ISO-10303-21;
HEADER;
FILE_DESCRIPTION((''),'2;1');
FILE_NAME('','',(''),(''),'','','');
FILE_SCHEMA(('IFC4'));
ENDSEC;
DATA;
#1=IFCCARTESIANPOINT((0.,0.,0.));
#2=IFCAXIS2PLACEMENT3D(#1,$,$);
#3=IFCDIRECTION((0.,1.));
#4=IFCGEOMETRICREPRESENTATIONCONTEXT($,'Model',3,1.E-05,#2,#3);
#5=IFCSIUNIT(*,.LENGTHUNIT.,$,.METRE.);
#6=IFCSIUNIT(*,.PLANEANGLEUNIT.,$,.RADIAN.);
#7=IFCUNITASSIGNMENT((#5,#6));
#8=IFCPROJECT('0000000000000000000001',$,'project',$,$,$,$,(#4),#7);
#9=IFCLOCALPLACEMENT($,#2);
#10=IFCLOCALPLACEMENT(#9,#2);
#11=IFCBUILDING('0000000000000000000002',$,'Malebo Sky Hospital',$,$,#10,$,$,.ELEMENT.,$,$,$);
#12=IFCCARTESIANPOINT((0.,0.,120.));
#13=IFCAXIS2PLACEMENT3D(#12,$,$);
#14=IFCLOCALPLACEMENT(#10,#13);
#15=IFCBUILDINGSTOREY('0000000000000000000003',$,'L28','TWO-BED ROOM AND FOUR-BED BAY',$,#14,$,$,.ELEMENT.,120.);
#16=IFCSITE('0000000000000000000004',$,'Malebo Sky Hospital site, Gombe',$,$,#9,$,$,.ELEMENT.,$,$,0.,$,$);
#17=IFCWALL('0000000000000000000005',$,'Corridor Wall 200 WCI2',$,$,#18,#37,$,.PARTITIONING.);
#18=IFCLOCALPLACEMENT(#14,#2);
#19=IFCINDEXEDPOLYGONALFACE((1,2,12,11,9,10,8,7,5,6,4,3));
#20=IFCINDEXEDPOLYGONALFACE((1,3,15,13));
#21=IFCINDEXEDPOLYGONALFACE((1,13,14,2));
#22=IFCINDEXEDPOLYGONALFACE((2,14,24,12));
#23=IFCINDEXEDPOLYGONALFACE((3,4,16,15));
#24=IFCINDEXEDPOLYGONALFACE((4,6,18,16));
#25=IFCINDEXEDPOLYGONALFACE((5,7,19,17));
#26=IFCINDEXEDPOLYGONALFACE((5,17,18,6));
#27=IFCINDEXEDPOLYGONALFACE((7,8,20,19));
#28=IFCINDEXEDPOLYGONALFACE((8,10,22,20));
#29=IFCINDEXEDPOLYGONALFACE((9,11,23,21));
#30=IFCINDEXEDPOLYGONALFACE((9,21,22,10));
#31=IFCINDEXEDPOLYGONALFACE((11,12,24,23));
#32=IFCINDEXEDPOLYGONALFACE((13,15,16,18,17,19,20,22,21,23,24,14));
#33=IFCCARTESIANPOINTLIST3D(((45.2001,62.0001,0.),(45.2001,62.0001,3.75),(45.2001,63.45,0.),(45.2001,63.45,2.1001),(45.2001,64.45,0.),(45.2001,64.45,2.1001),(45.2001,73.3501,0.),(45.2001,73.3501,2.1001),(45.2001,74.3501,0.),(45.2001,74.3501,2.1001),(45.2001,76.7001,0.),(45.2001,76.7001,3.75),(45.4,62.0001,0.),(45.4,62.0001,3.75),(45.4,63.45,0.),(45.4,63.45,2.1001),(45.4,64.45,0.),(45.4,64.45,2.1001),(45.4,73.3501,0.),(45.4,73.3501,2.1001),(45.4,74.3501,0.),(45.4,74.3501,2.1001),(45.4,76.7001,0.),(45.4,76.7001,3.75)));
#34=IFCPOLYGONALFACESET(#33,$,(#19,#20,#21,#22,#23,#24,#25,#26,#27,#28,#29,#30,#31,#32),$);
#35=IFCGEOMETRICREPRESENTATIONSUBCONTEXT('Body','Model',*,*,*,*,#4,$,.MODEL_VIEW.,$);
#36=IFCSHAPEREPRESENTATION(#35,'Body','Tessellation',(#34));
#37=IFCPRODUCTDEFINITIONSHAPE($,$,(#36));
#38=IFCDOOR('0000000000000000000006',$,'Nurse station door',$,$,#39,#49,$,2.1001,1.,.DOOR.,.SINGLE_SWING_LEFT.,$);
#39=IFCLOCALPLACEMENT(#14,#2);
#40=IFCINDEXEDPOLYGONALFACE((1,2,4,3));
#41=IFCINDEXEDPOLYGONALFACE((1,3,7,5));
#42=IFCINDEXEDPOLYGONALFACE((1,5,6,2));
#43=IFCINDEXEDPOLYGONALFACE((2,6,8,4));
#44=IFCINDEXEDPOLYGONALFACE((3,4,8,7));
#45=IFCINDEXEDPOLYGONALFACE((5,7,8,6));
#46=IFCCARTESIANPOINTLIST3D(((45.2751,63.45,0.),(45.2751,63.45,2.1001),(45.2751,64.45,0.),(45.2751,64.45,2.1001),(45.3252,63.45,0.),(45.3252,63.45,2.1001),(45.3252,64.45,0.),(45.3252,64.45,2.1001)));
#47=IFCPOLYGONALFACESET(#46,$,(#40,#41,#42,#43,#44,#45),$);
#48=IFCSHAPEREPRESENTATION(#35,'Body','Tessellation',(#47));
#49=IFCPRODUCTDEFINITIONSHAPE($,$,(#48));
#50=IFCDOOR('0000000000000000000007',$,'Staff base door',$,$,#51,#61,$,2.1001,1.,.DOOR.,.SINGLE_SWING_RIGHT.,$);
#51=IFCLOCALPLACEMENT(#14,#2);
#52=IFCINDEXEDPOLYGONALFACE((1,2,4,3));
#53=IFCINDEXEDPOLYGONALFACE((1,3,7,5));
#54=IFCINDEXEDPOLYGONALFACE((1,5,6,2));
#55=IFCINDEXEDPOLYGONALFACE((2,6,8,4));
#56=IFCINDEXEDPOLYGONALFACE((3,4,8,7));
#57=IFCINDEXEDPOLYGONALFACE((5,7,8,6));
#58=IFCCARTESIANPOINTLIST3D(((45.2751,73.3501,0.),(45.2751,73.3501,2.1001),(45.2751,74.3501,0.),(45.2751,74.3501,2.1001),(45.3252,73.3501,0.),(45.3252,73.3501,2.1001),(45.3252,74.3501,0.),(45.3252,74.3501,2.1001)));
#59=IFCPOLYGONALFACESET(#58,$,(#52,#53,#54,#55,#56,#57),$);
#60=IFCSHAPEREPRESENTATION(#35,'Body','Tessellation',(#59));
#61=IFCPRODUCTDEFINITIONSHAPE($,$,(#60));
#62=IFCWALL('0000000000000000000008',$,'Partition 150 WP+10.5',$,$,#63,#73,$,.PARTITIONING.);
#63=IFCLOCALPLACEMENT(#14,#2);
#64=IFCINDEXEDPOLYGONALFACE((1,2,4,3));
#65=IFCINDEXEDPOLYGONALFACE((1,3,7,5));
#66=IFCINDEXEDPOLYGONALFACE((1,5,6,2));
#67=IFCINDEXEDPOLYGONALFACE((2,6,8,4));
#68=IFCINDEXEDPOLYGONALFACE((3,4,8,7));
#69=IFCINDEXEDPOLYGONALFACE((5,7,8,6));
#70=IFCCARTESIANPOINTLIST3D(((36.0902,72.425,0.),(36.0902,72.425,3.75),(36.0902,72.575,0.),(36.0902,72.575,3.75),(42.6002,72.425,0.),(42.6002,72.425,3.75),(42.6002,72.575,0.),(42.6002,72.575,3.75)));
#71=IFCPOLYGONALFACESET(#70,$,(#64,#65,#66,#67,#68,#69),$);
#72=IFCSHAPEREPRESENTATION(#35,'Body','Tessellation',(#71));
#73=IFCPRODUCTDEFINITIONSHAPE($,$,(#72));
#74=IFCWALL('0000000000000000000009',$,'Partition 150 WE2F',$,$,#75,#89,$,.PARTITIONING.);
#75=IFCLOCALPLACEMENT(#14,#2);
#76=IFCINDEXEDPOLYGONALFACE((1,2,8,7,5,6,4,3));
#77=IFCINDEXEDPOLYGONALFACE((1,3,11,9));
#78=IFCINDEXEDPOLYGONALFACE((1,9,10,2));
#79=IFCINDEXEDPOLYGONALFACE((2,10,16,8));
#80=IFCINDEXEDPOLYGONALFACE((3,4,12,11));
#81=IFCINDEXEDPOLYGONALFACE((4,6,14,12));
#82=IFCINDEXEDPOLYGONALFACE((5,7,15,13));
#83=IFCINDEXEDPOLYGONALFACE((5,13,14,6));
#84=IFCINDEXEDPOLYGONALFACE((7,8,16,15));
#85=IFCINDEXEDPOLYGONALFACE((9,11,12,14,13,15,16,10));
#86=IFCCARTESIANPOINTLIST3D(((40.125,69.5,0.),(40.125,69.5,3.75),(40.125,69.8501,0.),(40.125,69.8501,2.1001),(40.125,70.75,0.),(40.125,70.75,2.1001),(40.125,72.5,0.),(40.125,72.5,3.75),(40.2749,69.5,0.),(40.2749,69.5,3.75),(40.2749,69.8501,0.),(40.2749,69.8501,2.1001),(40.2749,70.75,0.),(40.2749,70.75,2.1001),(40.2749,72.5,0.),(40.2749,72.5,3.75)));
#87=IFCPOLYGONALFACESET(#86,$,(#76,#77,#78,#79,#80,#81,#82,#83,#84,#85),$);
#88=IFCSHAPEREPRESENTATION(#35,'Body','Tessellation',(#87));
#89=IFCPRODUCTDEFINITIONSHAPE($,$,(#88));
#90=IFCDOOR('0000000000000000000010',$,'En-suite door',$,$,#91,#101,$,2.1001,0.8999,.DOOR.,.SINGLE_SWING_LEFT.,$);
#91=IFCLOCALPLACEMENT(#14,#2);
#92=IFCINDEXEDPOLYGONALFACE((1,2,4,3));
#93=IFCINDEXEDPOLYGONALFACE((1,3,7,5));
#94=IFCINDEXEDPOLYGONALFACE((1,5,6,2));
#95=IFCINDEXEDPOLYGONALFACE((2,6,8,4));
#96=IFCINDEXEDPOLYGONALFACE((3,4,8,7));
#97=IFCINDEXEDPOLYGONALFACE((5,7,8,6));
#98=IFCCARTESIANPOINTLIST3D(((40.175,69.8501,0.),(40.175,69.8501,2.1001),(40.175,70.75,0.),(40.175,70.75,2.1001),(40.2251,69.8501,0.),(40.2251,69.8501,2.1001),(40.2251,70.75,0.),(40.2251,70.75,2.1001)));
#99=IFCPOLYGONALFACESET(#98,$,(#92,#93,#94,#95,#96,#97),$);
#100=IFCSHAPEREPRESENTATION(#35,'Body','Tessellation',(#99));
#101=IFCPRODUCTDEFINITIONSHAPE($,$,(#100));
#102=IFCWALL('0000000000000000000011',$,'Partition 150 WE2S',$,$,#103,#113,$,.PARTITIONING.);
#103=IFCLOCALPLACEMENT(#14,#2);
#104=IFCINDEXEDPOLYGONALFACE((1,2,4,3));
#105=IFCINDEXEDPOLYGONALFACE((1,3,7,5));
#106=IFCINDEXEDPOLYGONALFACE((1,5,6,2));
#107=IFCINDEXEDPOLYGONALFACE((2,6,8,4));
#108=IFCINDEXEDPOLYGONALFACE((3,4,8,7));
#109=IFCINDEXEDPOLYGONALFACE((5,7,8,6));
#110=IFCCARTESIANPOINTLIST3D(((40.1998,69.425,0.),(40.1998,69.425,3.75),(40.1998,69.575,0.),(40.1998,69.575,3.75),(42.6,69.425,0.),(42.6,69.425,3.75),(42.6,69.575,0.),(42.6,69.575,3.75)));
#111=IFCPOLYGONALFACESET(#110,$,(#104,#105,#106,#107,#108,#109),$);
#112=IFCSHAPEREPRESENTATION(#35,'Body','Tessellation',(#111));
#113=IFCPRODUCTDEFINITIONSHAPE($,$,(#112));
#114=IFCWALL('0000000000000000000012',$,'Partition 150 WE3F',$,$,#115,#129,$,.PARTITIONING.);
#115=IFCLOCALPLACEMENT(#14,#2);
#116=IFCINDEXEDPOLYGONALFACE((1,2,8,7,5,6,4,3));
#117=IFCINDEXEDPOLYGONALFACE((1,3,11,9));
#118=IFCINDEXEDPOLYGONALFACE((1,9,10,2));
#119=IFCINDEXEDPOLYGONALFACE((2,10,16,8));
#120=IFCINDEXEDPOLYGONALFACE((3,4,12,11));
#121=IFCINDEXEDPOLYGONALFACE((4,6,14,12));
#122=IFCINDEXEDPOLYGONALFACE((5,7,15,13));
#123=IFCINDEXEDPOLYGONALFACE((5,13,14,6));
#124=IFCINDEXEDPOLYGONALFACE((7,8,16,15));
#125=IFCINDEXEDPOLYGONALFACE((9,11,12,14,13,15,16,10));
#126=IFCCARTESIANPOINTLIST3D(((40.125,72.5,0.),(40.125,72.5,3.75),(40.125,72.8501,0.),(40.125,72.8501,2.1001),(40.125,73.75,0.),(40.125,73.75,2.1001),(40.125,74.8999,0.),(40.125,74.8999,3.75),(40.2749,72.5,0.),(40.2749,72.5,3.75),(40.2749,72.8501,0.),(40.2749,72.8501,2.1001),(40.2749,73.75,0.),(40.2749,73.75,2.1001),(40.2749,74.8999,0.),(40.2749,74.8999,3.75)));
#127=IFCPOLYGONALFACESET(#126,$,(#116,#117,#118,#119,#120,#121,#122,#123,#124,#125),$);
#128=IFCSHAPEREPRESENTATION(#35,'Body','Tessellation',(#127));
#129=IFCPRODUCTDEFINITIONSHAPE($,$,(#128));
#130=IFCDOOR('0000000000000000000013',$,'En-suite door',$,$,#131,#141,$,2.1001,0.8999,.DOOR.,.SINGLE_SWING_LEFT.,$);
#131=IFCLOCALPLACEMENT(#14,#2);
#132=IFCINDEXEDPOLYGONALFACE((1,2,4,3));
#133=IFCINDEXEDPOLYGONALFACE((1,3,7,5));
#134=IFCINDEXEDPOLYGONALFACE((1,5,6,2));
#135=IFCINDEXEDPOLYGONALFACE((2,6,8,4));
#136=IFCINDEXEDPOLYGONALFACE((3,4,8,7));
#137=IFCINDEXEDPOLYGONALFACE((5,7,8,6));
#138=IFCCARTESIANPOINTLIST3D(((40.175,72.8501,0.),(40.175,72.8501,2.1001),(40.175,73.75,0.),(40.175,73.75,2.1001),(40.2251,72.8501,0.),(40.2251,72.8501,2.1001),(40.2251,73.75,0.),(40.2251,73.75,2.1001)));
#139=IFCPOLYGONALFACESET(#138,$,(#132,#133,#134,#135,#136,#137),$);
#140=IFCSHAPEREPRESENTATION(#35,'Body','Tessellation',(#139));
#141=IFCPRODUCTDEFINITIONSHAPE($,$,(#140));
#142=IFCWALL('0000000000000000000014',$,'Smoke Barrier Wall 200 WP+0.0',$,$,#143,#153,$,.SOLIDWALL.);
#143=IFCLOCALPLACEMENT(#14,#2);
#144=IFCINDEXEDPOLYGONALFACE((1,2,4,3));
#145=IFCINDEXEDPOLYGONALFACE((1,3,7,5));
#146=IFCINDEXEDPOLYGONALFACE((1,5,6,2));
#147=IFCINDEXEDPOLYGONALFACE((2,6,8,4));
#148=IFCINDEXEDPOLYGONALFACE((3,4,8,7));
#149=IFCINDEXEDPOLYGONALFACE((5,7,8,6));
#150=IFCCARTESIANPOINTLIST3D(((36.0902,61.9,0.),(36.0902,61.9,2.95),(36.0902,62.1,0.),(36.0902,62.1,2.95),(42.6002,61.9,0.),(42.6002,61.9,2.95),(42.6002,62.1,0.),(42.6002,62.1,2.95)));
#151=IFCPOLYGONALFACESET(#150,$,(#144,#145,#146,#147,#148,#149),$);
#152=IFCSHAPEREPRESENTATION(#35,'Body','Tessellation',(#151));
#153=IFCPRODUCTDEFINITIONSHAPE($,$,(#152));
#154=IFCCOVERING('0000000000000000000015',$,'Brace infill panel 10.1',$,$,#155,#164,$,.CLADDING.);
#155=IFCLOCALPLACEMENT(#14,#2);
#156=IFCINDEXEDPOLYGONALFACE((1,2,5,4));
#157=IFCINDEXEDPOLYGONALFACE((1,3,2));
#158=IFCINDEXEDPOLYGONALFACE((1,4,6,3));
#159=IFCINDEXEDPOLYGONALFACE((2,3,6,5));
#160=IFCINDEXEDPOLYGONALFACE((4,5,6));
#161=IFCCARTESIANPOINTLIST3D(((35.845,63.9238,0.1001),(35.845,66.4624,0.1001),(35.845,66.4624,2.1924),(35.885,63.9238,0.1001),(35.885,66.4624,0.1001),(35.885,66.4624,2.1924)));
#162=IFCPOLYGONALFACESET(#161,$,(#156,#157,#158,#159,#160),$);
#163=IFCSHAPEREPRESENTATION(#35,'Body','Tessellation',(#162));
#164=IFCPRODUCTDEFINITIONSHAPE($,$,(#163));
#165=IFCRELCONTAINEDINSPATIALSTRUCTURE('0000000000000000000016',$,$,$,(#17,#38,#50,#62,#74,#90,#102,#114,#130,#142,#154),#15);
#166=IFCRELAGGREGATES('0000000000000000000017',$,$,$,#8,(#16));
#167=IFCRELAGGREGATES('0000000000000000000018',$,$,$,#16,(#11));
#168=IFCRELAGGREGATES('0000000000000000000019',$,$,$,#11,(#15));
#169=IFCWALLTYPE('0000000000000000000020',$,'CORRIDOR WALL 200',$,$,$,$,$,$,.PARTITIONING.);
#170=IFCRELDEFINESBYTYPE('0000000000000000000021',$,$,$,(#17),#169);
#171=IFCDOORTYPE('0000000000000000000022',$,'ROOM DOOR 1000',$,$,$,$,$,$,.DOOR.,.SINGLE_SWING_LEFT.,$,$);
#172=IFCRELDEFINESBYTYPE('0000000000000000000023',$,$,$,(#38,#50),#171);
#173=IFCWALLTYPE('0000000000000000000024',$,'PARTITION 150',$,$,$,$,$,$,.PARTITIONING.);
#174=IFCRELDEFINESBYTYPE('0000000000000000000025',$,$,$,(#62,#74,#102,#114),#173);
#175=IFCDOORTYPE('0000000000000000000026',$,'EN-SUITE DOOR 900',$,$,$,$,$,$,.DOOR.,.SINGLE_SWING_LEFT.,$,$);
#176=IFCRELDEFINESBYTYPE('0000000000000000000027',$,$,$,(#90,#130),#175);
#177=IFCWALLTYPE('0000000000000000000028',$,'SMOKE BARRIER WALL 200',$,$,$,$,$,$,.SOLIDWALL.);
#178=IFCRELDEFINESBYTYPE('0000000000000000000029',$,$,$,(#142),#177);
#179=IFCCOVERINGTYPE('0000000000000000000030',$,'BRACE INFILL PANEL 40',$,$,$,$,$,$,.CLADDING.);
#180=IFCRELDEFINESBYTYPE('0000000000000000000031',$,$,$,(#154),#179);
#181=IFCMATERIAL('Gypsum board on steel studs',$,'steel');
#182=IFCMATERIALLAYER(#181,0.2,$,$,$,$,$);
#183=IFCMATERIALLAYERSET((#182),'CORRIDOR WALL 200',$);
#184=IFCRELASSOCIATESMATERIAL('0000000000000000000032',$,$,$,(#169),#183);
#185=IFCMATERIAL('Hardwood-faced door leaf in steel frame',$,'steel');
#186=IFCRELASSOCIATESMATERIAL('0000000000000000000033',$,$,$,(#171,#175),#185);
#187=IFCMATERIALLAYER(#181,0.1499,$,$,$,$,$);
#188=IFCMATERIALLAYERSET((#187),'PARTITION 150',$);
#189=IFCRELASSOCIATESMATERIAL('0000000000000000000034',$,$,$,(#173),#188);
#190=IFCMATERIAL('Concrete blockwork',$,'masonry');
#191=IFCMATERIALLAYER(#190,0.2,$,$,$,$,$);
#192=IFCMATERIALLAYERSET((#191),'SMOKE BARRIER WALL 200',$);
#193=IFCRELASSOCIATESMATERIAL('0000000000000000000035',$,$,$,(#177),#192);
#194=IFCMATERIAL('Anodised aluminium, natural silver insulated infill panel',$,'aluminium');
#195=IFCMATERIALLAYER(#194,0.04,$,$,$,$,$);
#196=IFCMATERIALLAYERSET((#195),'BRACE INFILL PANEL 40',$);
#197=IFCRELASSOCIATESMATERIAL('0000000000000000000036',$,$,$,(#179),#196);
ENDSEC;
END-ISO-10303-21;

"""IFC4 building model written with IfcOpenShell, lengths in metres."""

from ifc_helpers import new_model, si_unit, direction, frame, frame_2d, origin, place, context, subcontext, project, spatial, polyline, rectangle, outline, extrude, material, layer, layer_set, type_object, element, fill, save


model = new_model("IFC4")

# Units and contexts
model_context = context("Model", 3, precision=1e-05, world=origin(), true_north=direction((0.0, 1.0)))
body_context = subcontext(model_context, "Body", "Model", "MODEL_VIEW")
ifc_project = project(units=[si_unit("LENGTHUNIT", "METRE"), si_unit("PLANEANGLEUNIT", "RADIAN")], contexts=[model_context])

# Site, building, storey
site_placement = place(None, origin())
site = spatial("IfcSite", under=ifc_project, at=site_placement, Name="Malebo Sky Hospital site, Gombe", CompositionType="ELEMENT", RefElevation=0.0)
building_placement = place(site_placement, origin())
building = spatial("IfcBuilding", under=site, at=building_placement, Name="Malebo Sky Hospital", CompositionType="ELEMENT")
storey_placement = place(building_placement, frame((0.0, 0.0, 120.0)))
storey = spatial("IfcBuildingStorey", under=building, at=storey_placement, Name="L28", Description="TWO-BED ROOM AND FOUR-BED BAY", CompositionType="ELEMENT", Elevation=120.0)

# Wall, openings, doors
ifc_material_1 = material(Name="Gypsum board on steel studs", Category="steel")
ifc_layer_1 = layer(ifc_material_1, 0.2)
ifc_layer_set_1 = layer_set([ifc_layer_1], Name="CORRIDOR WALL 200")
wall_type_1 = type_object("IfcWallType", Name="CORRIDOR WALL 200", PredefinedType="PARTITIONING", material=ifc_layer_set_1)
wall_1_placement = place(storey_placement, frame((45.3, 62.0, 0.0), z_axis=(0.0, 0.0, 1.0), x_axis=(0.0, 1.0, 0.0)))
wall_1 = element("IfcWall", 1, at=wall_1_placement, inside=storey, type_object=wall_type_1, Name="Corridor Wall 200 WCI2", PredefinedType="PARTITIONING", context=body_context, shape_type="SweptSolid", body=[
    extrude(rectangle(XDim=14.7, YDim=0.2, at=frame_2d((7.3501, 0.0))), origin(), (0.0, 0.0, 1.0), 3.75),
])
opening_1_placement = place(wall_1_placement, frame((1.45, 0.0, 0.0)))
opening_1 = element("IfcOpeningElement", 2, at=opening_1_placement, cuts=wall_1, PredefinedType="OPENING", context=body_context, shape_type="SweptSolid", body=[
    extrude(rectangle(XDim=1.0, YDim=2.1001, at=frame_2d((0.5, 1.05))), frame((0.0, 0.1099, 0.0), z_axis=(0.0, -1.0, 0.0), x_axis=(1.0, 0.0, 0.0)), (0.0, 0.0, 1.0), 0.22),
])
opening_2_placement = place(wall_1_placement, frame((11.3501, 0.0, 0.0)))
opening_2 = element("IfcOpeningElement", 3, at=opening_2_placement, cuts=wall_1, PredefinedType="OPENING", context=body_context, shape_type="SweptSolid", body=[
    extrude(rectangle(XDim=1.0, YDim=2.1001, at=frame_2d((0.5, 1.05))), frame((0.0, 0.1099, 0.0), z_axis=(0.0, -1.0, 0.0), x_axis=(1.0, 0.0, 0.0)), (0.0, 0.0, 1.0), 0.22),
])
ifc_material_2 = material(Name="Hardwood-faced door leaf in steel frame", Category="steel")
door_type_1 = type_object("IfcDoorType", Name="ROOM DOOR 1000", OperationType="SINGLE_SWING_LEFT", PredefinedType="DOOR", material=ifc_material_2)
door_1_placement = place(opening_1_placement, origin())
door_1 = element("IfcDoor", 4, at=door_1_placement, inside=storey, type_object=door_type_1, Name="Nurse station door", OperationType="SINGLE_SWING_LEFT", OverallHeight=2.1001, OverallWidth=1.0, PredefinedType="DOOR", context=body_context, shape_type="SweptSolid", body=[
    extrude(rectangle(XDim=1.0, YDim=2.1001, at=frame_2d((0.5, 1.05))), frame((0.0, 0.0249, 0.0), z_axis=(0.0, -1.0, 0.0), x_axis=(1.0, 0.0, 0.0)), (0.0, 0.0, 1.0), 0.05),
])
fill(opening_1, door_1)
door_2_placement = place(opening_2_placement, origin())
door_2 = element("IfcDoor", 5, at=door_2_placement, inside=storey, type_object=door_type_1, Name="Staff base door", OperationType="SINGLE_SWING_RIGHT", OverallHeight=2.1001, OverallWidth=1.0, PredefinedType="DOOR", context=body_context, shape_type="SweptSolid", body=[
    extrude(rectangle(XDim=1.0, YDim=2.1001, at=frame_2d((0.5, 1.05))), frame((0.0, 0.0249, 0.0), z_axis=(0.0, -1.0, 0.0), x_axis=(1.0, 0.0, 0.0)), (0.0, 0.0, 1.0), 0.05),
])
fill(opening_2, door_2)

# Wall
ifc_layer_2 = layer(ifc_material_1, 0.1499)
ifc_layer_set_2 = layer_set([ifc_layer_2], Name="PARTITION 150")
wall_type_2 = type_object("IfcWallType", Name="PARTITION 150", PredefinedType="PARTITIONING", material=ifc_layer_set_2)
wall_2_placement = place(storey_placement, frame((42.6001, 72.5, 0.0), z_axis=(0.0, 0.0, 1.0), x_axis=(-1.0, 0.0, 0.0)))
element("IfcWall", 6, at=wall_2_placement, inside=storey, type_object=wall_type_2, Name="Partition 150 WP+10.5", PredefinedType="PARTITIONING", context=body_context, shape_type="SweptSolid", body=[
    extrude(rectangle(XDim=6.51, YDim=0.1499, at=frame_2d((3.2549, 0.0))), origin(), (0.0, 0.0, 1.0), 3.75),
])

# Wall, opening, door
wall_3_placement = place(storey_placement, frame((40.2, 69.5, 0.0), z_axis=(0.0, 0.0, 1.0), x_axis=(0.0, 1.0, 0.0)))
wall_3 = element("IfcWall", 7, at=wall_3_placement, inside=storey, type_object=wall_type_2, Name="Partition 150 WE2F", PredefinedType="PARTITIONING", context=body_context, shape_type="SweptSolid", body=[
    extrude(rectangle(XDim=3.0, YDim=0.1499, at=frame_2d((1.5, 0.0))), origin(), (0.0, 0.0, 1.0), 3.75),
])
opening_3_placement = place(wall_3_placement, frame((0.3501, 0.0, 0.0)))
opening_3 = element("IfcOpeningElement", 8, at=opening_3_placement, cuts=wall_3, PredefinedType="OPENING", context=body_context, shape_type="SweptSolid", body=[
    extrude(rectangle(XDim=0.8999, YDim=2.1001, at=frame_2d((0.45, 1.05))), frame((0.0, 0.085, 0.0), z_axis=(0.0, -1.0, 0.0), x_axis=(1.0, 0.0, 0.0)), (0.0, 0.0, 1.0), 0.1699),
])
door_type_2 = type_object("IfcDoorType", Name="EN-SUITE DOOR 900", OperationType="SINGLE_SWING_LEFT", PredefinedType="DOOR", material=ifc_material_2)
door_3_placement = place(opening_3_placement, origin())
door_3 = element("IfcDoor", 9, at=door_3_placement, inside=storey, type_object=door_type_2, Name="En-suite door", OperationType="SINGLE_SWING_LEFT", OverallHeight=2.1001, OverallWidth=0.8999, PredefinedType="DOOR", context=body_context, shape_type="SweptSolid", body=[
    extrude(rectangle(XDim=0.8999, YDim=2.1001, at=frame_2d((0.45, 1.05))), frame((0.0, 0.0249, 0.0), z_axis=(0.0, -1.0, 0.0), x_axis=(1.0, 0.0, 0.0)), (0.0, 0.0, 1.0), 0.05),
])
fill(opening_3, door_3)

# Wall
wall_4_placement = place(storey_placement, frame((42.6001, 69.5, 0.0), z_axis=(0.0, 0.0, 1.0), x_axis=(-1.0, 0.0, 0.0)))
element("IfcWall", 10, at=wall_4_placement, inside=storey, type_object=wall_type_2, Name="Partition 150 WE2S", PredefinedType="PARTITIONING", context=body_context, shape_type="SweptSolid", body=[
    extrude(rectangle(XDim=2.4001, YDim=0.1499, at=frame_2d((1.2002, 0.0))), origin(), (0.0, 0.0, 1.0), 3.75),
])

# Wall, opening, door
wall_5_placement = place(storey_placement, frame((40.2, 72.5, 0.0), z_axis=(0.0, 0.0, 1.0), x_axis=(0.0, 1.0, 0.0)))
wall_5 = element("IfcWall", 11, at=wall_5_placement, inside=storey, type_object=wall_type_2, Name="Partition 150 WE3F", PredefinedType="PARTITIONING", context=body_context, shape_type="SweptSolid", body=[
    extrude(rectangle(XDim=2.3999, YDim=0.1499, at=frame_2d((1.2, 0.0))), origin(), (0.0, 0.0, 1.0), 3.75),
])
opening_4_placement = place(wall_5_placement, frame((0.3501, 0.0, 0.0)))
opening_4 = element("IfcOpeningElement", 12, at=opening_4_placement, cuts=wall_5, PredefinedType="OPENING", context=body_context, shape_type="SweptSolid", body=[
    extrude(rectangle(XDim=0.8999, YDim=2.1001, at=frame_2d((0.45, 1.05))), frame((0.0, 0.085, 0.0), z_axis=(0.0, -1.0, 0.0), x_axis=(1.0, 0.0, 0.0)), (0.0, 0.0, 1.0), 0.1699),
])
door_4_placement = place(opening_4_placement, origin())
door_4 = element("IfcDoor", 13, at=door_4_placement, inside=storey, type_object=door_type_2, Name="En-suite door", OperationType="SINGLE_SWING_LEFT", OverallHeight=2.1001, OverallWidth=0.8999, PredefinedType="DOOR", context=body_context, shape_type="SweptSolid", body=[
    extrude(rectangle(XDim=0.8999, YDim=2.1001, at=frame_2d((0.45, 1.05))), frame((0.0, 0.0249, 0.0), z_axis=(0.0, -1.0, 0.0), x_axis=(1.0, 0.0, 0.0)), (0.0, 0.0, 1.0), 0.05),
])
fill(opening_4, door_4)

# Wall
ifc_material_3 = material(Name="Concrete blockwork", Category="masonry")
ifc_layer_3 = layer(ifc_material_3, 0.2)
ifc_layer_set_3 = layer_set([ifc_layer_3], Name="SMOKE BARRIER WALL 200")
wall_type_3 = type_object("IfcWallType", Name="SMOKE BARRIER WALL 200", PredefinedType="SOLIDWALL", material=ifc_layer_set_3)
wall_6_placement = place(storey_placement, frame((42.6001, 62.0, 0.0), z_axis=(0.0, 0.0, 1.0), x_axis=(-1.0, 0.0, 0.0)))
element("IfcWall", 14, at=wall_6_placement, inside=storey, type_object=wall_type_3, Name="Smoke Barrier Wall 200 WP+0.0", PredefinedType="SOLIDWALL", context=body_context, shape_type="SweptSolid", body=[
    extrude(rectangle(XDim=6.51, YDim=0.2, at=frame_2d((3.2549, 0.0))), origin(), (0.0, 0.0, 1.0), 2.95),
])

# Covering
ifc_material_4 = material(Name="Anodised aluminium, natural silver insulated infill panel", Category="aluminium")
ifc_layer_4 = layer(ifc_material_4, 0.04)
ifc_layer_set_4 = layer_set([ifc_layer_4], Name="BRACE INFILL PANEL 40")
covering_type = type_object("IfcCoveringType", Name="BRACE INFILL PANEL 40", PredefinedType="CLADDING", material=ifc_layer_set_4)
covering_1_placement = place(storey_placement, frame((35.865, 65.1931, 0.1001), z_axis=(0.0, 0.0, 1.0), x_axis=(0.0, 1.0, 0.0)))
element("IfcCovering", 15, at=covering_1_placement, inside=storey, type_object=covering_type, Name="Brace infill panel 10.1", PredefinedType="CLADDING", context=body_context, shape_type="SweptSolid", body=[
    extrude(outline(polyline([(-1.2693, 0.0), (1.2693, 0.0), (1.2693, 2.0923), (-1.2693, 0.0)])), frame((0.0, 0.02, 0.0), z_axis=(0.0, -1.0, 0.0), x_axis=(1.0, 0.0, 0.0)), (0.0, 0.0, 1.0), 0.04),
])

save(model, "model.ifc")
